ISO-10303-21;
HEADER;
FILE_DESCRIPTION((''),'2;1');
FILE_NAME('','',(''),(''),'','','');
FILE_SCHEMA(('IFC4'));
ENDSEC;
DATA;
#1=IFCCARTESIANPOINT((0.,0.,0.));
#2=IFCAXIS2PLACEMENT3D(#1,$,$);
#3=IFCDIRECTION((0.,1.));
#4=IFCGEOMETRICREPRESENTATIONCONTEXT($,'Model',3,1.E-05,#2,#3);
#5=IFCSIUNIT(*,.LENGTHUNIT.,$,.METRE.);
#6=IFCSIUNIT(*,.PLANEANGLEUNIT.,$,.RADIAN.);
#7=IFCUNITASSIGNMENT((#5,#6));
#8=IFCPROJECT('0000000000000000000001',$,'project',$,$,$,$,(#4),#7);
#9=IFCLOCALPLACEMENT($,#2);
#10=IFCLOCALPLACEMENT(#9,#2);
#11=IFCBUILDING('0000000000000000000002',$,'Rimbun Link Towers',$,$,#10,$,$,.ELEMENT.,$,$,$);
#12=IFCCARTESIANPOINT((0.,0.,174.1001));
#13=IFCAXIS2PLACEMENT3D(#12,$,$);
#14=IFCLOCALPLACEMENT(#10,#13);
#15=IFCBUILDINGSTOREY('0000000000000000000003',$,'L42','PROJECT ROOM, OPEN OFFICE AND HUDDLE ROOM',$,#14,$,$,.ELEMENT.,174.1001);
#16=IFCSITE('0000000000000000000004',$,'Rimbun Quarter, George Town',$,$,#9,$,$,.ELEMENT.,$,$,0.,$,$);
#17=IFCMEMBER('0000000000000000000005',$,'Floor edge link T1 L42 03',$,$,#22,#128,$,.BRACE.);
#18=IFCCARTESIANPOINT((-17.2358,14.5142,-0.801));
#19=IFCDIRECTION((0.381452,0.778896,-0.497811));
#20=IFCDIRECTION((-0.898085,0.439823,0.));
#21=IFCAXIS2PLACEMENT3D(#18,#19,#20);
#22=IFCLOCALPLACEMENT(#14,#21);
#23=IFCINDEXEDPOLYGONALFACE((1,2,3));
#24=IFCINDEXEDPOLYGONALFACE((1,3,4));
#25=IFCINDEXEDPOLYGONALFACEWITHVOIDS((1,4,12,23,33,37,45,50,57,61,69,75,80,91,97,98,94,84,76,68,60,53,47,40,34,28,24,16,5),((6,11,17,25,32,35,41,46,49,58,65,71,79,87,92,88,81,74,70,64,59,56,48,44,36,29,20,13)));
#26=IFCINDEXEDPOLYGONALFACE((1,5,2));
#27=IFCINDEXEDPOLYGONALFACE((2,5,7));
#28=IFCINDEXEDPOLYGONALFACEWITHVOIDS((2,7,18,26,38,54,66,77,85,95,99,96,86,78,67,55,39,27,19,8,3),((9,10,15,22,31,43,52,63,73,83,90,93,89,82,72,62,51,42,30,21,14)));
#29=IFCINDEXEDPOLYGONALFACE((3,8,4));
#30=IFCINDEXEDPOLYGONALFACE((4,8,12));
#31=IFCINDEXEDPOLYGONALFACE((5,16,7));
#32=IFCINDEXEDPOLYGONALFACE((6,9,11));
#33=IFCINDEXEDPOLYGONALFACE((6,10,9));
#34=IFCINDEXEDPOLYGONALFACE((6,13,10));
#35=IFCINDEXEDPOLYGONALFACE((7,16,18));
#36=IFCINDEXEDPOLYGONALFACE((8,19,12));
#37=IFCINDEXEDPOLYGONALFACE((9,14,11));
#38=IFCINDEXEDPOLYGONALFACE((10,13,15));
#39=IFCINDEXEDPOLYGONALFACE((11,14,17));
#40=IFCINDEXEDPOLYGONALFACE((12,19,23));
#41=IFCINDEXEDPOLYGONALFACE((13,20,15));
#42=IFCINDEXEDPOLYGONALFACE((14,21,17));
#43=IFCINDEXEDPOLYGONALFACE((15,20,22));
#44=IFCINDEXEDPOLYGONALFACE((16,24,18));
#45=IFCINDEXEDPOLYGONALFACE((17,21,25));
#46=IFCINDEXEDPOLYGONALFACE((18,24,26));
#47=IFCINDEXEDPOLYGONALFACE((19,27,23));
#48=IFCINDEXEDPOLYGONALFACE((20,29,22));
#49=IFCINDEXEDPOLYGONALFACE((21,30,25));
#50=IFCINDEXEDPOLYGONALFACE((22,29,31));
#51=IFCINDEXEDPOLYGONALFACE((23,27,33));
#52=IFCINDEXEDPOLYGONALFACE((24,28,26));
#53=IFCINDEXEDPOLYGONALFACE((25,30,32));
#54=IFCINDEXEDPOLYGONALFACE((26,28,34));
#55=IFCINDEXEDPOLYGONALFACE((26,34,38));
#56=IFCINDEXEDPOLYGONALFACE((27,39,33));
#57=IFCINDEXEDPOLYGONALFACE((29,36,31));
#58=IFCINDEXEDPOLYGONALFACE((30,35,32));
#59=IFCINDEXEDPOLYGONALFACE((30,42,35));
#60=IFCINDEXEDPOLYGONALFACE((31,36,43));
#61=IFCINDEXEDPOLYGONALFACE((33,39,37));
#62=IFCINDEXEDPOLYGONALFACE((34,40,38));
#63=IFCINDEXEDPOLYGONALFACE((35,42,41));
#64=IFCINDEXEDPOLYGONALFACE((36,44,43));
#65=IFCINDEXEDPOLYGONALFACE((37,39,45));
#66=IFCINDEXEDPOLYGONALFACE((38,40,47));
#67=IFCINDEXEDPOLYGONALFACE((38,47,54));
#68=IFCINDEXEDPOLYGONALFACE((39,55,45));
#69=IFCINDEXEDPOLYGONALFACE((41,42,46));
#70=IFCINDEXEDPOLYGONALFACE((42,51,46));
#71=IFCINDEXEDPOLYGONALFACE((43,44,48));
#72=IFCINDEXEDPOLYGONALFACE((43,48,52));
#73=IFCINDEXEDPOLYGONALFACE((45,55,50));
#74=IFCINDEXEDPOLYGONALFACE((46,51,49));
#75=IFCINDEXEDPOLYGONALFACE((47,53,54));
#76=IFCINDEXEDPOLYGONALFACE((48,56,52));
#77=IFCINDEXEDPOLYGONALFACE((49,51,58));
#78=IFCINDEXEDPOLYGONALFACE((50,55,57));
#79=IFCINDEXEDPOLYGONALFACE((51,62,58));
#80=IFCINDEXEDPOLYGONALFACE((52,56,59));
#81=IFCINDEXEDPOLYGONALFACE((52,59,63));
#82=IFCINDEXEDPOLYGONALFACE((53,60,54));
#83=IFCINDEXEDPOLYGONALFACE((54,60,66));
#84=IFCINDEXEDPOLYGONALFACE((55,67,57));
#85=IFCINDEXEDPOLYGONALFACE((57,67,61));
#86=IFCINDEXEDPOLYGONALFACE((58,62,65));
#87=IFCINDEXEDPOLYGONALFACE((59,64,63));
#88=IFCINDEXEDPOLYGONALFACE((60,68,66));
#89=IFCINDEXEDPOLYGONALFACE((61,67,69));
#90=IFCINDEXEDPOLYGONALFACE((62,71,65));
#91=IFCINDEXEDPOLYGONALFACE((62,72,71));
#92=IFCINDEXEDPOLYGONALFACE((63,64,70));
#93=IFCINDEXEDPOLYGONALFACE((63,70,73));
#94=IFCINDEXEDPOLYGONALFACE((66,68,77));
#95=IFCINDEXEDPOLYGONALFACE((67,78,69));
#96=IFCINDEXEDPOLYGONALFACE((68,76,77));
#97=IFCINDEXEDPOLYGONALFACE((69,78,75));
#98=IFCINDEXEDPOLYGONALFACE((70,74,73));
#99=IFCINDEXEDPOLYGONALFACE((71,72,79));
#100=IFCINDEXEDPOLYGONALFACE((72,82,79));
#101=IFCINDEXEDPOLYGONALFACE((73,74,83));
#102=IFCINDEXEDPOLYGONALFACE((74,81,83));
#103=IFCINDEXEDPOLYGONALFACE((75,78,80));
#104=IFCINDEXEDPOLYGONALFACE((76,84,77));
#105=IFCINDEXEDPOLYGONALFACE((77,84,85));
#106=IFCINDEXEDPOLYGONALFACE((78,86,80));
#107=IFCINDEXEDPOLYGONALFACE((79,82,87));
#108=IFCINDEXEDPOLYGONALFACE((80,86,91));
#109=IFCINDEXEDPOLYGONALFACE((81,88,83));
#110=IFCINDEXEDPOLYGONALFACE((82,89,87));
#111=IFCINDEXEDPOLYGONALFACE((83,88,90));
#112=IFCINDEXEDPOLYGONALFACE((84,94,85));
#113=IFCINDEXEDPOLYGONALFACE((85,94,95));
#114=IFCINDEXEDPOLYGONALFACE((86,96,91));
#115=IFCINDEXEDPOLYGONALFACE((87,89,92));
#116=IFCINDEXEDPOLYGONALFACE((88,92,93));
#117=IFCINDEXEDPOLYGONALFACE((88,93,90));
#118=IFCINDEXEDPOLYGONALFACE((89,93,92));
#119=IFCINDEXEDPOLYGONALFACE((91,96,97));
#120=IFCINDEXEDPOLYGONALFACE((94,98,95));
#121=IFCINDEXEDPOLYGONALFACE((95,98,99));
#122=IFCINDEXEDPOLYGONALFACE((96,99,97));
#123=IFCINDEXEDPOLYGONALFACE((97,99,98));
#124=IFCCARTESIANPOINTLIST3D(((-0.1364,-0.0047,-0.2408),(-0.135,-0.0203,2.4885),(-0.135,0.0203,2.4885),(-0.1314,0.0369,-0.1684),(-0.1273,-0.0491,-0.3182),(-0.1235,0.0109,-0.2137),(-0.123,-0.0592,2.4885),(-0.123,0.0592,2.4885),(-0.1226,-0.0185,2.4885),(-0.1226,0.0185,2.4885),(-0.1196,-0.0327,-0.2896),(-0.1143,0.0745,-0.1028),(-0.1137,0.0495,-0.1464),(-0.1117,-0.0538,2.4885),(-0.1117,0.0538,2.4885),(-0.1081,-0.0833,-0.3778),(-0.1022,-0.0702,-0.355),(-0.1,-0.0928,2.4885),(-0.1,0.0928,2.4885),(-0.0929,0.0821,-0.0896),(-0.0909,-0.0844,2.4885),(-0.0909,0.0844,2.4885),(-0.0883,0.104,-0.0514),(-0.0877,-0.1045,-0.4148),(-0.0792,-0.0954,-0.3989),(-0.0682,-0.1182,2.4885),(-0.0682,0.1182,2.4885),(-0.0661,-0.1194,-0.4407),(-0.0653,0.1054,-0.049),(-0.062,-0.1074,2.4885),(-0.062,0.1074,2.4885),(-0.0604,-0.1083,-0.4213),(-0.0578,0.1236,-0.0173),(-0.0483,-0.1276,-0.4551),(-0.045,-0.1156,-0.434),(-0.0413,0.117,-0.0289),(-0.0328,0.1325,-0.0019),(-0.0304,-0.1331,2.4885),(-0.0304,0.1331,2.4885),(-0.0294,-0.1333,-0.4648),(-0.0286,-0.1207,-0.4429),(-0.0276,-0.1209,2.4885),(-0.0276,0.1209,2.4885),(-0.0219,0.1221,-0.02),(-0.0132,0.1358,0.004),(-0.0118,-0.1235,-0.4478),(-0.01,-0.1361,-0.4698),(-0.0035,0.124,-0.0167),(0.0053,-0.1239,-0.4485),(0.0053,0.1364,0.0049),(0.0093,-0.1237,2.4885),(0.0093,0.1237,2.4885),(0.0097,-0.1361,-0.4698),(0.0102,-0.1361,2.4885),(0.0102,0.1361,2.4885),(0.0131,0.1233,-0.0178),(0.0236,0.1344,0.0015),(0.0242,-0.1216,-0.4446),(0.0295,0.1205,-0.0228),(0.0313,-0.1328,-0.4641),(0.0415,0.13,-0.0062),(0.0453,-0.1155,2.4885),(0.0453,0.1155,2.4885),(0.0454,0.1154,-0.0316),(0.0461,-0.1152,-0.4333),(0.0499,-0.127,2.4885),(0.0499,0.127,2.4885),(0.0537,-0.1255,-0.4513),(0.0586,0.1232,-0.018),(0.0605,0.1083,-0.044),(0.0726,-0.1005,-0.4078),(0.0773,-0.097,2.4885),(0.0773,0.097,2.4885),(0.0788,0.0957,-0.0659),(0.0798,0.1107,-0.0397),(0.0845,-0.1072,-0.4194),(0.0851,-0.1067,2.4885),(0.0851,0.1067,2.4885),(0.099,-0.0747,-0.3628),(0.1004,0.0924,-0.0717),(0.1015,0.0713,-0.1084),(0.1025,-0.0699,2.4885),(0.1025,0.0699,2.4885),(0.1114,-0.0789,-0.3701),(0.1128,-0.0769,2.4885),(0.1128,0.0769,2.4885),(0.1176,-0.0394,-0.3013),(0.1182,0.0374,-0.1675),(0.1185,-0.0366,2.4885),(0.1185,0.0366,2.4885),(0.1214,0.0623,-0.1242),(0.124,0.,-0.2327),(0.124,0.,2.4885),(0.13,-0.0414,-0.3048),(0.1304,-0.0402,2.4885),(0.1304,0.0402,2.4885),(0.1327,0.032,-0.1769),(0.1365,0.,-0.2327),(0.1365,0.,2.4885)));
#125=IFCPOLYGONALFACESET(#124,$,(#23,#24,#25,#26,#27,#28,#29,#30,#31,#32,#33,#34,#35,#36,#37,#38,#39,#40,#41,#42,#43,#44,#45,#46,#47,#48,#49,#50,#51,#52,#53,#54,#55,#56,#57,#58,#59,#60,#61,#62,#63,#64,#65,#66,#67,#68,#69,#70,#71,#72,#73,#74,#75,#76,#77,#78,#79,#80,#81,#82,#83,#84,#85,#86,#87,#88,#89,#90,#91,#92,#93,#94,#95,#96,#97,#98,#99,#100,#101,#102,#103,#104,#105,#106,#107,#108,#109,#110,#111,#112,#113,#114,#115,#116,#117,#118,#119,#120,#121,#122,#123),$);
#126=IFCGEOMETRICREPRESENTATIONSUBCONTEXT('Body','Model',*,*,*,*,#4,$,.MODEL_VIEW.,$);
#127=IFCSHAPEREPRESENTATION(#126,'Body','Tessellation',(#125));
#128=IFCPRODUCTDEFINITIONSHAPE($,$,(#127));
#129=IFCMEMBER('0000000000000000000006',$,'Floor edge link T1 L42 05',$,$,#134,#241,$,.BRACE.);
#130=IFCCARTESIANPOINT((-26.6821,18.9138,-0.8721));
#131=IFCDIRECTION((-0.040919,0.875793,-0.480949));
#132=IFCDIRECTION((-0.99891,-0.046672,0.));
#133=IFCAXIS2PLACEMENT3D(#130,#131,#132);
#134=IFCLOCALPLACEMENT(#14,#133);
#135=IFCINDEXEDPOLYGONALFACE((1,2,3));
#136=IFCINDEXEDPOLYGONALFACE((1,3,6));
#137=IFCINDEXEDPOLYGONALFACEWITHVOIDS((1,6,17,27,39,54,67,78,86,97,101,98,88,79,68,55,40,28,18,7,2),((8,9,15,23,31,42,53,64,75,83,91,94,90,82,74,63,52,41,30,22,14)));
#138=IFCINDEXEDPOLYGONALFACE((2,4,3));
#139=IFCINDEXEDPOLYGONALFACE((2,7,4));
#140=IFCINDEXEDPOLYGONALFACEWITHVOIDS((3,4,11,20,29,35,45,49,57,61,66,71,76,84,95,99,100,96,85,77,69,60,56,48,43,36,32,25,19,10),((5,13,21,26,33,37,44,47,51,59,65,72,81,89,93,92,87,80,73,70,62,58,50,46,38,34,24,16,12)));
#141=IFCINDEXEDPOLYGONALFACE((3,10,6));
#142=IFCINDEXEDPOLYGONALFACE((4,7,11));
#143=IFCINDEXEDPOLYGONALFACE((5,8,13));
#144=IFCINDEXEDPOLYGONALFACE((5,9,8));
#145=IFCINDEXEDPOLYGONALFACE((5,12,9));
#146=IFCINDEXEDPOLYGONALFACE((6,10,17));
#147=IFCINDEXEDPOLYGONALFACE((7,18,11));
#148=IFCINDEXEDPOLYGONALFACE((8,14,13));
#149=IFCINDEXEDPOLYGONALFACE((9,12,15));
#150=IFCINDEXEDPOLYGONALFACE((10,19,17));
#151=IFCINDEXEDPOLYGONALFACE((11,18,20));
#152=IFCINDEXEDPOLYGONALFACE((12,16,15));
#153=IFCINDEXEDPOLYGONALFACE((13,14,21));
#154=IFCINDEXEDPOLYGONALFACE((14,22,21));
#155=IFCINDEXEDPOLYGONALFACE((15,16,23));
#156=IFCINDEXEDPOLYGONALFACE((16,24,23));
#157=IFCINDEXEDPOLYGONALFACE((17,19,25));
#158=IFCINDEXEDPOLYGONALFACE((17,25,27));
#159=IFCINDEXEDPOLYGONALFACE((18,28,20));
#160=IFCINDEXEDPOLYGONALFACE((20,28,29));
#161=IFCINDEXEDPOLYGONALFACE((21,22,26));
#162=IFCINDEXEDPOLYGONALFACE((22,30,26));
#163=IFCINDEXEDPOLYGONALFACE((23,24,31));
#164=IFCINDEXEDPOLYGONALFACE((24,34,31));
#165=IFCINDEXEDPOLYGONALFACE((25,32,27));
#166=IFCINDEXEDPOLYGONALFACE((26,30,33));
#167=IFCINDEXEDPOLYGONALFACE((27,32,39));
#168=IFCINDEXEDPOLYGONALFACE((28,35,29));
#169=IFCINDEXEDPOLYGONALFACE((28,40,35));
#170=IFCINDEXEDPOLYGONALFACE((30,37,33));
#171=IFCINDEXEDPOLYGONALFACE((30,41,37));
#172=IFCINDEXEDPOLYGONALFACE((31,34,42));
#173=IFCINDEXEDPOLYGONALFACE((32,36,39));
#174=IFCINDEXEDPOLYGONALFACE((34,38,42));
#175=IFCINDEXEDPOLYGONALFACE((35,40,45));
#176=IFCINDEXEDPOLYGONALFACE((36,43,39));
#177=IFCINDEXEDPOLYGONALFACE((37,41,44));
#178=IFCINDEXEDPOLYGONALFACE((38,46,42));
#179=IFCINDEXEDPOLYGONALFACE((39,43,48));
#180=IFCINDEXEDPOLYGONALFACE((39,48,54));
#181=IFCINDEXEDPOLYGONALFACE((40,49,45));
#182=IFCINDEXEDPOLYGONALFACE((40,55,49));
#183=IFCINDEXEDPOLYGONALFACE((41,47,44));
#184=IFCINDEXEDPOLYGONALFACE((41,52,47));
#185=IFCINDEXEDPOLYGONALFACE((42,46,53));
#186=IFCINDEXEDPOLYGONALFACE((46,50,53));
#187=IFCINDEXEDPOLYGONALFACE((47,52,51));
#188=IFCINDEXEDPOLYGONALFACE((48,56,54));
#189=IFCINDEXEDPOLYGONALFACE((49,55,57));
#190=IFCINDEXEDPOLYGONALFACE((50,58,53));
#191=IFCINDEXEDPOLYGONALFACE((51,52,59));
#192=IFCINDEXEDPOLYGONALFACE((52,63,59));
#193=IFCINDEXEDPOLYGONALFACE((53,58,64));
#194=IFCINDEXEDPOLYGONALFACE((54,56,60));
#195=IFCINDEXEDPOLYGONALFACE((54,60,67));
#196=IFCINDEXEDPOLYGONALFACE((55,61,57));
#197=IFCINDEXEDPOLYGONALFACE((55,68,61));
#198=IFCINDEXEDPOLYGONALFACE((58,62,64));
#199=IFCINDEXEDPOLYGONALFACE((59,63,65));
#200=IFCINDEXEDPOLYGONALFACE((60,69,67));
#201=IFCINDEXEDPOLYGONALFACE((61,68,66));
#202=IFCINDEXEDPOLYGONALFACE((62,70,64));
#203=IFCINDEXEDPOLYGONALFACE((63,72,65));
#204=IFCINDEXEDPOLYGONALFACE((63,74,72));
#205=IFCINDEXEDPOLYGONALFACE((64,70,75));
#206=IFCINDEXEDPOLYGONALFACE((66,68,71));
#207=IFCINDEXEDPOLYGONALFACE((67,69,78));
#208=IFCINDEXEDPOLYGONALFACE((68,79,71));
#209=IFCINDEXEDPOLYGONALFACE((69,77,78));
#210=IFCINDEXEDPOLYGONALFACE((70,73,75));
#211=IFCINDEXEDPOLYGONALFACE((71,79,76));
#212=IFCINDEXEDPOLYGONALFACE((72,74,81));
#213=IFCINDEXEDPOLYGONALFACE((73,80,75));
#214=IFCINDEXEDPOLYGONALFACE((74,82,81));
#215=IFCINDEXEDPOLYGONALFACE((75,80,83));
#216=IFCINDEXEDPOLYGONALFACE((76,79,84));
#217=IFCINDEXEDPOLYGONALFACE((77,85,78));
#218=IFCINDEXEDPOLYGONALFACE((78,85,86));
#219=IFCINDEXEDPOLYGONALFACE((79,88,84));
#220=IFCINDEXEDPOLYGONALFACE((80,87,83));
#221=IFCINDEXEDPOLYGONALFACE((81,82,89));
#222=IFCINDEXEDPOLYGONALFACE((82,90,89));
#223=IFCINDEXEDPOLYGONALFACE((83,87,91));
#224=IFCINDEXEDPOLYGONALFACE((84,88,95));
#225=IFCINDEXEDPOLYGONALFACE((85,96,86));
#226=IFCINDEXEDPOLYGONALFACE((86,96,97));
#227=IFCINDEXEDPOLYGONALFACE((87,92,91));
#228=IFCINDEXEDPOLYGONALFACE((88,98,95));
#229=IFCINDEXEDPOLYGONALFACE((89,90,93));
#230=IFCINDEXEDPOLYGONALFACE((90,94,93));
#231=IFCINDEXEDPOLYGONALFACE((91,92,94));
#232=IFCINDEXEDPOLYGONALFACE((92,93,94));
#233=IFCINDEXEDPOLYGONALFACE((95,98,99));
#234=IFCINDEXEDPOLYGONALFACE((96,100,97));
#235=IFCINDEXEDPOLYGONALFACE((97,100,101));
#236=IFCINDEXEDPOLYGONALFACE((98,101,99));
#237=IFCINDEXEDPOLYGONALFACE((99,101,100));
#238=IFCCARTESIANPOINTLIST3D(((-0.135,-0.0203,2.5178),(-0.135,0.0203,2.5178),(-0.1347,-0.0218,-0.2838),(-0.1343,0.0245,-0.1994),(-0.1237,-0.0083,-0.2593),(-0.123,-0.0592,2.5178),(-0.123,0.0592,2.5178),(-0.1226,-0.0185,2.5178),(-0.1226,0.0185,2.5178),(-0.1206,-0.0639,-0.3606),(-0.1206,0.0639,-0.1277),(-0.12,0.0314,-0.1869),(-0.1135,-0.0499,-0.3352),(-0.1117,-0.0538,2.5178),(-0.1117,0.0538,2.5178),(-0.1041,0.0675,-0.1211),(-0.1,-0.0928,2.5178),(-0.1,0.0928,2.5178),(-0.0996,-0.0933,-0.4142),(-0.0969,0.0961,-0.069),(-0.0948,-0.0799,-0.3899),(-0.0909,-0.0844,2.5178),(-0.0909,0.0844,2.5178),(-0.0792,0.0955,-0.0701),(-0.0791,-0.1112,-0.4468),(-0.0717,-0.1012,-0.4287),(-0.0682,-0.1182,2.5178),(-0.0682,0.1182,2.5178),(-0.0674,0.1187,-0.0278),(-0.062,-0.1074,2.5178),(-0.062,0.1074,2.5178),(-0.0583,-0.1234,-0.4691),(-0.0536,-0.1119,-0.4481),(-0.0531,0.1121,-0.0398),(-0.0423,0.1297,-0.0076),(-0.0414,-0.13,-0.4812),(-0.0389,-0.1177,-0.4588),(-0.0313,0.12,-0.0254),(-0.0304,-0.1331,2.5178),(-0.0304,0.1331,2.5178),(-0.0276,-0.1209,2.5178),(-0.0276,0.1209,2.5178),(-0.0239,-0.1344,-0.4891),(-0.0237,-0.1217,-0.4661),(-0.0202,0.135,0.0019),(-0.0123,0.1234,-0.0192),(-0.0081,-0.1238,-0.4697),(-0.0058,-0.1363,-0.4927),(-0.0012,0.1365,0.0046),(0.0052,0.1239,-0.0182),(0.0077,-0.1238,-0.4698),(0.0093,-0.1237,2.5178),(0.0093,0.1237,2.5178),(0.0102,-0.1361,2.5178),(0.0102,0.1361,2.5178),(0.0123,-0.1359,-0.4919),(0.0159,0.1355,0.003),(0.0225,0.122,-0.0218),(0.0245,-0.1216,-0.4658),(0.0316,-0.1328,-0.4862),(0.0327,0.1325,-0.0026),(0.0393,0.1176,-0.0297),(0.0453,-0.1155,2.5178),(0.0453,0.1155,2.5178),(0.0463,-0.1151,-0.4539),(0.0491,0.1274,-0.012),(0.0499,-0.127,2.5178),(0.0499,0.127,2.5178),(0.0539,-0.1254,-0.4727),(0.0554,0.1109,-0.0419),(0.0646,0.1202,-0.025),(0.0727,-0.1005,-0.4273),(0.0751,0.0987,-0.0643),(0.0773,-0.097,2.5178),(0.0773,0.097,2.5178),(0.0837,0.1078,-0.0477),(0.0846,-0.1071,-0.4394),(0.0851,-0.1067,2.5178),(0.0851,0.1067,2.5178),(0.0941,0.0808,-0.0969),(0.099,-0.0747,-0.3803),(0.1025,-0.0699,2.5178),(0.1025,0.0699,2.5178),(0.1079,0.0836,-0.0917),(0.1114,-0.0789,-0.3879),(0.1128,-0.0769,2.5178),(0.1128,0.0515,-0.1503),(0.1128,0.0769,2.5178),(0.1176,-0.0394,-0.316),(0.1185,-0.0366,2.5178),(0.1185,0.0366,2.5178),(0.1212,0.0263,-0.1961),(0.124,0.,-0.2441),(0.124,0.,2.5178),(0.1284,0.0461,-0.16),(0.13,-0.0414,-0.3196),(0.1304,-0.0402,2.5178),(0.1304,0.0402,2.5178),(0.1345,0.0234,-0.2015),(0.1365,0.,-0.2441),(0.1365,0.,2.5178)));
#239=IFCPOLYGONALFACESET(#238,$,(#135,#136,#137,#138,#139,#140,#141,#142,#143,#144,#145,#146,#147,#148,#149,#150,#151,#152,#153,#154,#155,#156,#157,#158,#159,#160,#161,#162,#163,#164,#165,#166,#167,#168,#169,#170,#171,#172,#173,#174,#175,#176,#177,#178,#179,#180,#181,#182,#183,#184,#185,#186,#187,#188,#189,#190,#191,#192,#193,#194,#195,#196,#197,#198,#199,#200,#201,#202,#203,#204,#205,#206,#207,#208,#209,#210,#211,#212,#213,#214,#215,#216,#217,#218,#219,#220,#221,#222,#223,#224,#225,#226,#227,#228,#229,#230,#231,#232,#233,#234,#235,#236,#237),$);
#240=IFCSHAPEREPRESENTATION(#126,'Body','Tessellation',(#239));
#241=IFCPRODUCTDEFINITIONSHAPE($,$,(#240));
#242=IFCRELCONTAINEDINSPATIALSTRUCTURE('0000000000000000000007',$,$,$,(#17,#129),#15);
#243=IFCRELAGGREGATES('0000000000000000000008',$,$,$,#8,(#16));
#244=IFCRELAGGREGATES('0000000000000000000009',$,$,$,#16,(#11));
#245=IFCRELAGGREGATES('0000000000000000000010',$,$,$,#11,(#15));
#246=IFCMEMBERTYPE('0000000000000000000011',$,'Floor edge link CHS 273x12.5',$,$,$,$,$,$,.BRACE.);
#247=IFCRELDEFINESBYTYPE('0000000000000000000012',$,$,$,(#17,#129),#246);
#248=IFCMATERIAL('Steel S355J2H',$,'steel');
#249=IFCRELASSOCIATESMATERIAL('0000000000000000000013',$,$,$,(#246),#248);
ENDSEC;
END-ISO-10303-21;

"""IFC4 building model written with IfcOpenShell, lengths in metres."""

from ifc_helpers import new_model, si_unit, direction, frame, origin, origin_2d, place, context, subcontext, project, spatial, hollow_circle, extrude, clip, halfspace, material, material_profile, profile_set, type_object, element, save


model = new_model("IFC4")

# Units and contexts
model_context = context("Model", 3, precision=1e-05, world=origin(), true_north=direction((0.0, 1.0)))
body_context = subcontext(model_context, "Body", "Model", "MODEL_VIEW")
ifc_project = project(units=[si_unit("LENGTHUNIT", "METRE"), si_unit("PLANEANGLEUNIT", "RADIAN")], contexts=[model_context])

# Site, building, storey
site_placement = place(None, origin())
site = spatial("IfcSite", under=ifc_project, at=site_placement, Name="Rimbun Quarter, George Town", CompositionType="ELEMENT", RefElevation=0.0)
building_placement = place(site_placement, origin())
building = spatial("IfcBuilding", under=site, at=building_placement, Name="Rimbun Link Towers", CompositionType="ELEMENT")
storey_placement = place(building_placement, frame((0.0, 0.0, 174.1001)))
storey = spatial("IfcBuildingStorey", under=building, at=storey_placement, Name="L42", Description="PROJECT ROOM, OPEN OFFICE AND HUDDLE ROOM", CompositionType="ELEMENT", Elevation=174.1001)

# Members
ifc_material_1 = material(Name="Steel S355J2H", Category="steel")
ifc_material_profile_1 = material_profile(ifc_material_1, hollow_circle(Radius=0.1365, WallThickness=0.0125, at=origin_2d()), Name="CHS 273x12.5")
ifc_profile_set_1 = profile_set([ifc_material_profile_1], Name="Steel S355J2H")
member_type_1 = type_object("IfcMemberType", Name="Floor edge link CHS 273x12.5", PredefinedType="BRACE", material=ifc_profile_set_1)
member_1_placement = place(storey_placement, frame((-17.2358, 14.5142, -0.801), z_axis=(0.381452, 0.778896, -0.497811), x_axis=(-0.898085, 0.439823, 0.0)))
element("IfcMember", 1, at=member_1_placement, inside=storey, type_object=member_type_1, Name="Floor edge link T1 L42 03", PredefinedType="BRACE", context=body_context, shape_type="Clipping", body=[
    clip(extrude(hollow_circle(Radius=0.1365, WallThickness=0.0125, at=origin_2d()), frame((0.0, 0.0, -0.4956)), (0.0, 0.0, 1.0), 2.9841), halfspace(frame((0.0, 0.0, -0.2327), z_axis=(0.0, 0.867286, -0.497811)), False)),
])
member_2_placement = place(storey_placement, frame((-26.6821, 18.9138, -0.8721), z_axis=(-0.040919, 0.875793, -0.480949), x_axis=(-0.99891, -0.046672, 0.0)))
element("IfcMember", 2, at=member_2_placement, inside=storey, type_object=member_type_1, Name="Floor edge link T1 L42 05", PredefinedType="BRACE", context=body_context, shape_type="Clipping", body=[
    clip(extrude(hollow_circle(Radius=0.1365, WallThickness=0.0125, at=origin_2d()), frame((0.0, 0.0, -0.5183)), (0.0, 0.0, 1.0), 3.0361), halfspace(frame((0.0, 0.0, -0.2441), z_axis=(0.0, 0.876748, -0.480949)), False)),
])

save(model, "model.ifc")
